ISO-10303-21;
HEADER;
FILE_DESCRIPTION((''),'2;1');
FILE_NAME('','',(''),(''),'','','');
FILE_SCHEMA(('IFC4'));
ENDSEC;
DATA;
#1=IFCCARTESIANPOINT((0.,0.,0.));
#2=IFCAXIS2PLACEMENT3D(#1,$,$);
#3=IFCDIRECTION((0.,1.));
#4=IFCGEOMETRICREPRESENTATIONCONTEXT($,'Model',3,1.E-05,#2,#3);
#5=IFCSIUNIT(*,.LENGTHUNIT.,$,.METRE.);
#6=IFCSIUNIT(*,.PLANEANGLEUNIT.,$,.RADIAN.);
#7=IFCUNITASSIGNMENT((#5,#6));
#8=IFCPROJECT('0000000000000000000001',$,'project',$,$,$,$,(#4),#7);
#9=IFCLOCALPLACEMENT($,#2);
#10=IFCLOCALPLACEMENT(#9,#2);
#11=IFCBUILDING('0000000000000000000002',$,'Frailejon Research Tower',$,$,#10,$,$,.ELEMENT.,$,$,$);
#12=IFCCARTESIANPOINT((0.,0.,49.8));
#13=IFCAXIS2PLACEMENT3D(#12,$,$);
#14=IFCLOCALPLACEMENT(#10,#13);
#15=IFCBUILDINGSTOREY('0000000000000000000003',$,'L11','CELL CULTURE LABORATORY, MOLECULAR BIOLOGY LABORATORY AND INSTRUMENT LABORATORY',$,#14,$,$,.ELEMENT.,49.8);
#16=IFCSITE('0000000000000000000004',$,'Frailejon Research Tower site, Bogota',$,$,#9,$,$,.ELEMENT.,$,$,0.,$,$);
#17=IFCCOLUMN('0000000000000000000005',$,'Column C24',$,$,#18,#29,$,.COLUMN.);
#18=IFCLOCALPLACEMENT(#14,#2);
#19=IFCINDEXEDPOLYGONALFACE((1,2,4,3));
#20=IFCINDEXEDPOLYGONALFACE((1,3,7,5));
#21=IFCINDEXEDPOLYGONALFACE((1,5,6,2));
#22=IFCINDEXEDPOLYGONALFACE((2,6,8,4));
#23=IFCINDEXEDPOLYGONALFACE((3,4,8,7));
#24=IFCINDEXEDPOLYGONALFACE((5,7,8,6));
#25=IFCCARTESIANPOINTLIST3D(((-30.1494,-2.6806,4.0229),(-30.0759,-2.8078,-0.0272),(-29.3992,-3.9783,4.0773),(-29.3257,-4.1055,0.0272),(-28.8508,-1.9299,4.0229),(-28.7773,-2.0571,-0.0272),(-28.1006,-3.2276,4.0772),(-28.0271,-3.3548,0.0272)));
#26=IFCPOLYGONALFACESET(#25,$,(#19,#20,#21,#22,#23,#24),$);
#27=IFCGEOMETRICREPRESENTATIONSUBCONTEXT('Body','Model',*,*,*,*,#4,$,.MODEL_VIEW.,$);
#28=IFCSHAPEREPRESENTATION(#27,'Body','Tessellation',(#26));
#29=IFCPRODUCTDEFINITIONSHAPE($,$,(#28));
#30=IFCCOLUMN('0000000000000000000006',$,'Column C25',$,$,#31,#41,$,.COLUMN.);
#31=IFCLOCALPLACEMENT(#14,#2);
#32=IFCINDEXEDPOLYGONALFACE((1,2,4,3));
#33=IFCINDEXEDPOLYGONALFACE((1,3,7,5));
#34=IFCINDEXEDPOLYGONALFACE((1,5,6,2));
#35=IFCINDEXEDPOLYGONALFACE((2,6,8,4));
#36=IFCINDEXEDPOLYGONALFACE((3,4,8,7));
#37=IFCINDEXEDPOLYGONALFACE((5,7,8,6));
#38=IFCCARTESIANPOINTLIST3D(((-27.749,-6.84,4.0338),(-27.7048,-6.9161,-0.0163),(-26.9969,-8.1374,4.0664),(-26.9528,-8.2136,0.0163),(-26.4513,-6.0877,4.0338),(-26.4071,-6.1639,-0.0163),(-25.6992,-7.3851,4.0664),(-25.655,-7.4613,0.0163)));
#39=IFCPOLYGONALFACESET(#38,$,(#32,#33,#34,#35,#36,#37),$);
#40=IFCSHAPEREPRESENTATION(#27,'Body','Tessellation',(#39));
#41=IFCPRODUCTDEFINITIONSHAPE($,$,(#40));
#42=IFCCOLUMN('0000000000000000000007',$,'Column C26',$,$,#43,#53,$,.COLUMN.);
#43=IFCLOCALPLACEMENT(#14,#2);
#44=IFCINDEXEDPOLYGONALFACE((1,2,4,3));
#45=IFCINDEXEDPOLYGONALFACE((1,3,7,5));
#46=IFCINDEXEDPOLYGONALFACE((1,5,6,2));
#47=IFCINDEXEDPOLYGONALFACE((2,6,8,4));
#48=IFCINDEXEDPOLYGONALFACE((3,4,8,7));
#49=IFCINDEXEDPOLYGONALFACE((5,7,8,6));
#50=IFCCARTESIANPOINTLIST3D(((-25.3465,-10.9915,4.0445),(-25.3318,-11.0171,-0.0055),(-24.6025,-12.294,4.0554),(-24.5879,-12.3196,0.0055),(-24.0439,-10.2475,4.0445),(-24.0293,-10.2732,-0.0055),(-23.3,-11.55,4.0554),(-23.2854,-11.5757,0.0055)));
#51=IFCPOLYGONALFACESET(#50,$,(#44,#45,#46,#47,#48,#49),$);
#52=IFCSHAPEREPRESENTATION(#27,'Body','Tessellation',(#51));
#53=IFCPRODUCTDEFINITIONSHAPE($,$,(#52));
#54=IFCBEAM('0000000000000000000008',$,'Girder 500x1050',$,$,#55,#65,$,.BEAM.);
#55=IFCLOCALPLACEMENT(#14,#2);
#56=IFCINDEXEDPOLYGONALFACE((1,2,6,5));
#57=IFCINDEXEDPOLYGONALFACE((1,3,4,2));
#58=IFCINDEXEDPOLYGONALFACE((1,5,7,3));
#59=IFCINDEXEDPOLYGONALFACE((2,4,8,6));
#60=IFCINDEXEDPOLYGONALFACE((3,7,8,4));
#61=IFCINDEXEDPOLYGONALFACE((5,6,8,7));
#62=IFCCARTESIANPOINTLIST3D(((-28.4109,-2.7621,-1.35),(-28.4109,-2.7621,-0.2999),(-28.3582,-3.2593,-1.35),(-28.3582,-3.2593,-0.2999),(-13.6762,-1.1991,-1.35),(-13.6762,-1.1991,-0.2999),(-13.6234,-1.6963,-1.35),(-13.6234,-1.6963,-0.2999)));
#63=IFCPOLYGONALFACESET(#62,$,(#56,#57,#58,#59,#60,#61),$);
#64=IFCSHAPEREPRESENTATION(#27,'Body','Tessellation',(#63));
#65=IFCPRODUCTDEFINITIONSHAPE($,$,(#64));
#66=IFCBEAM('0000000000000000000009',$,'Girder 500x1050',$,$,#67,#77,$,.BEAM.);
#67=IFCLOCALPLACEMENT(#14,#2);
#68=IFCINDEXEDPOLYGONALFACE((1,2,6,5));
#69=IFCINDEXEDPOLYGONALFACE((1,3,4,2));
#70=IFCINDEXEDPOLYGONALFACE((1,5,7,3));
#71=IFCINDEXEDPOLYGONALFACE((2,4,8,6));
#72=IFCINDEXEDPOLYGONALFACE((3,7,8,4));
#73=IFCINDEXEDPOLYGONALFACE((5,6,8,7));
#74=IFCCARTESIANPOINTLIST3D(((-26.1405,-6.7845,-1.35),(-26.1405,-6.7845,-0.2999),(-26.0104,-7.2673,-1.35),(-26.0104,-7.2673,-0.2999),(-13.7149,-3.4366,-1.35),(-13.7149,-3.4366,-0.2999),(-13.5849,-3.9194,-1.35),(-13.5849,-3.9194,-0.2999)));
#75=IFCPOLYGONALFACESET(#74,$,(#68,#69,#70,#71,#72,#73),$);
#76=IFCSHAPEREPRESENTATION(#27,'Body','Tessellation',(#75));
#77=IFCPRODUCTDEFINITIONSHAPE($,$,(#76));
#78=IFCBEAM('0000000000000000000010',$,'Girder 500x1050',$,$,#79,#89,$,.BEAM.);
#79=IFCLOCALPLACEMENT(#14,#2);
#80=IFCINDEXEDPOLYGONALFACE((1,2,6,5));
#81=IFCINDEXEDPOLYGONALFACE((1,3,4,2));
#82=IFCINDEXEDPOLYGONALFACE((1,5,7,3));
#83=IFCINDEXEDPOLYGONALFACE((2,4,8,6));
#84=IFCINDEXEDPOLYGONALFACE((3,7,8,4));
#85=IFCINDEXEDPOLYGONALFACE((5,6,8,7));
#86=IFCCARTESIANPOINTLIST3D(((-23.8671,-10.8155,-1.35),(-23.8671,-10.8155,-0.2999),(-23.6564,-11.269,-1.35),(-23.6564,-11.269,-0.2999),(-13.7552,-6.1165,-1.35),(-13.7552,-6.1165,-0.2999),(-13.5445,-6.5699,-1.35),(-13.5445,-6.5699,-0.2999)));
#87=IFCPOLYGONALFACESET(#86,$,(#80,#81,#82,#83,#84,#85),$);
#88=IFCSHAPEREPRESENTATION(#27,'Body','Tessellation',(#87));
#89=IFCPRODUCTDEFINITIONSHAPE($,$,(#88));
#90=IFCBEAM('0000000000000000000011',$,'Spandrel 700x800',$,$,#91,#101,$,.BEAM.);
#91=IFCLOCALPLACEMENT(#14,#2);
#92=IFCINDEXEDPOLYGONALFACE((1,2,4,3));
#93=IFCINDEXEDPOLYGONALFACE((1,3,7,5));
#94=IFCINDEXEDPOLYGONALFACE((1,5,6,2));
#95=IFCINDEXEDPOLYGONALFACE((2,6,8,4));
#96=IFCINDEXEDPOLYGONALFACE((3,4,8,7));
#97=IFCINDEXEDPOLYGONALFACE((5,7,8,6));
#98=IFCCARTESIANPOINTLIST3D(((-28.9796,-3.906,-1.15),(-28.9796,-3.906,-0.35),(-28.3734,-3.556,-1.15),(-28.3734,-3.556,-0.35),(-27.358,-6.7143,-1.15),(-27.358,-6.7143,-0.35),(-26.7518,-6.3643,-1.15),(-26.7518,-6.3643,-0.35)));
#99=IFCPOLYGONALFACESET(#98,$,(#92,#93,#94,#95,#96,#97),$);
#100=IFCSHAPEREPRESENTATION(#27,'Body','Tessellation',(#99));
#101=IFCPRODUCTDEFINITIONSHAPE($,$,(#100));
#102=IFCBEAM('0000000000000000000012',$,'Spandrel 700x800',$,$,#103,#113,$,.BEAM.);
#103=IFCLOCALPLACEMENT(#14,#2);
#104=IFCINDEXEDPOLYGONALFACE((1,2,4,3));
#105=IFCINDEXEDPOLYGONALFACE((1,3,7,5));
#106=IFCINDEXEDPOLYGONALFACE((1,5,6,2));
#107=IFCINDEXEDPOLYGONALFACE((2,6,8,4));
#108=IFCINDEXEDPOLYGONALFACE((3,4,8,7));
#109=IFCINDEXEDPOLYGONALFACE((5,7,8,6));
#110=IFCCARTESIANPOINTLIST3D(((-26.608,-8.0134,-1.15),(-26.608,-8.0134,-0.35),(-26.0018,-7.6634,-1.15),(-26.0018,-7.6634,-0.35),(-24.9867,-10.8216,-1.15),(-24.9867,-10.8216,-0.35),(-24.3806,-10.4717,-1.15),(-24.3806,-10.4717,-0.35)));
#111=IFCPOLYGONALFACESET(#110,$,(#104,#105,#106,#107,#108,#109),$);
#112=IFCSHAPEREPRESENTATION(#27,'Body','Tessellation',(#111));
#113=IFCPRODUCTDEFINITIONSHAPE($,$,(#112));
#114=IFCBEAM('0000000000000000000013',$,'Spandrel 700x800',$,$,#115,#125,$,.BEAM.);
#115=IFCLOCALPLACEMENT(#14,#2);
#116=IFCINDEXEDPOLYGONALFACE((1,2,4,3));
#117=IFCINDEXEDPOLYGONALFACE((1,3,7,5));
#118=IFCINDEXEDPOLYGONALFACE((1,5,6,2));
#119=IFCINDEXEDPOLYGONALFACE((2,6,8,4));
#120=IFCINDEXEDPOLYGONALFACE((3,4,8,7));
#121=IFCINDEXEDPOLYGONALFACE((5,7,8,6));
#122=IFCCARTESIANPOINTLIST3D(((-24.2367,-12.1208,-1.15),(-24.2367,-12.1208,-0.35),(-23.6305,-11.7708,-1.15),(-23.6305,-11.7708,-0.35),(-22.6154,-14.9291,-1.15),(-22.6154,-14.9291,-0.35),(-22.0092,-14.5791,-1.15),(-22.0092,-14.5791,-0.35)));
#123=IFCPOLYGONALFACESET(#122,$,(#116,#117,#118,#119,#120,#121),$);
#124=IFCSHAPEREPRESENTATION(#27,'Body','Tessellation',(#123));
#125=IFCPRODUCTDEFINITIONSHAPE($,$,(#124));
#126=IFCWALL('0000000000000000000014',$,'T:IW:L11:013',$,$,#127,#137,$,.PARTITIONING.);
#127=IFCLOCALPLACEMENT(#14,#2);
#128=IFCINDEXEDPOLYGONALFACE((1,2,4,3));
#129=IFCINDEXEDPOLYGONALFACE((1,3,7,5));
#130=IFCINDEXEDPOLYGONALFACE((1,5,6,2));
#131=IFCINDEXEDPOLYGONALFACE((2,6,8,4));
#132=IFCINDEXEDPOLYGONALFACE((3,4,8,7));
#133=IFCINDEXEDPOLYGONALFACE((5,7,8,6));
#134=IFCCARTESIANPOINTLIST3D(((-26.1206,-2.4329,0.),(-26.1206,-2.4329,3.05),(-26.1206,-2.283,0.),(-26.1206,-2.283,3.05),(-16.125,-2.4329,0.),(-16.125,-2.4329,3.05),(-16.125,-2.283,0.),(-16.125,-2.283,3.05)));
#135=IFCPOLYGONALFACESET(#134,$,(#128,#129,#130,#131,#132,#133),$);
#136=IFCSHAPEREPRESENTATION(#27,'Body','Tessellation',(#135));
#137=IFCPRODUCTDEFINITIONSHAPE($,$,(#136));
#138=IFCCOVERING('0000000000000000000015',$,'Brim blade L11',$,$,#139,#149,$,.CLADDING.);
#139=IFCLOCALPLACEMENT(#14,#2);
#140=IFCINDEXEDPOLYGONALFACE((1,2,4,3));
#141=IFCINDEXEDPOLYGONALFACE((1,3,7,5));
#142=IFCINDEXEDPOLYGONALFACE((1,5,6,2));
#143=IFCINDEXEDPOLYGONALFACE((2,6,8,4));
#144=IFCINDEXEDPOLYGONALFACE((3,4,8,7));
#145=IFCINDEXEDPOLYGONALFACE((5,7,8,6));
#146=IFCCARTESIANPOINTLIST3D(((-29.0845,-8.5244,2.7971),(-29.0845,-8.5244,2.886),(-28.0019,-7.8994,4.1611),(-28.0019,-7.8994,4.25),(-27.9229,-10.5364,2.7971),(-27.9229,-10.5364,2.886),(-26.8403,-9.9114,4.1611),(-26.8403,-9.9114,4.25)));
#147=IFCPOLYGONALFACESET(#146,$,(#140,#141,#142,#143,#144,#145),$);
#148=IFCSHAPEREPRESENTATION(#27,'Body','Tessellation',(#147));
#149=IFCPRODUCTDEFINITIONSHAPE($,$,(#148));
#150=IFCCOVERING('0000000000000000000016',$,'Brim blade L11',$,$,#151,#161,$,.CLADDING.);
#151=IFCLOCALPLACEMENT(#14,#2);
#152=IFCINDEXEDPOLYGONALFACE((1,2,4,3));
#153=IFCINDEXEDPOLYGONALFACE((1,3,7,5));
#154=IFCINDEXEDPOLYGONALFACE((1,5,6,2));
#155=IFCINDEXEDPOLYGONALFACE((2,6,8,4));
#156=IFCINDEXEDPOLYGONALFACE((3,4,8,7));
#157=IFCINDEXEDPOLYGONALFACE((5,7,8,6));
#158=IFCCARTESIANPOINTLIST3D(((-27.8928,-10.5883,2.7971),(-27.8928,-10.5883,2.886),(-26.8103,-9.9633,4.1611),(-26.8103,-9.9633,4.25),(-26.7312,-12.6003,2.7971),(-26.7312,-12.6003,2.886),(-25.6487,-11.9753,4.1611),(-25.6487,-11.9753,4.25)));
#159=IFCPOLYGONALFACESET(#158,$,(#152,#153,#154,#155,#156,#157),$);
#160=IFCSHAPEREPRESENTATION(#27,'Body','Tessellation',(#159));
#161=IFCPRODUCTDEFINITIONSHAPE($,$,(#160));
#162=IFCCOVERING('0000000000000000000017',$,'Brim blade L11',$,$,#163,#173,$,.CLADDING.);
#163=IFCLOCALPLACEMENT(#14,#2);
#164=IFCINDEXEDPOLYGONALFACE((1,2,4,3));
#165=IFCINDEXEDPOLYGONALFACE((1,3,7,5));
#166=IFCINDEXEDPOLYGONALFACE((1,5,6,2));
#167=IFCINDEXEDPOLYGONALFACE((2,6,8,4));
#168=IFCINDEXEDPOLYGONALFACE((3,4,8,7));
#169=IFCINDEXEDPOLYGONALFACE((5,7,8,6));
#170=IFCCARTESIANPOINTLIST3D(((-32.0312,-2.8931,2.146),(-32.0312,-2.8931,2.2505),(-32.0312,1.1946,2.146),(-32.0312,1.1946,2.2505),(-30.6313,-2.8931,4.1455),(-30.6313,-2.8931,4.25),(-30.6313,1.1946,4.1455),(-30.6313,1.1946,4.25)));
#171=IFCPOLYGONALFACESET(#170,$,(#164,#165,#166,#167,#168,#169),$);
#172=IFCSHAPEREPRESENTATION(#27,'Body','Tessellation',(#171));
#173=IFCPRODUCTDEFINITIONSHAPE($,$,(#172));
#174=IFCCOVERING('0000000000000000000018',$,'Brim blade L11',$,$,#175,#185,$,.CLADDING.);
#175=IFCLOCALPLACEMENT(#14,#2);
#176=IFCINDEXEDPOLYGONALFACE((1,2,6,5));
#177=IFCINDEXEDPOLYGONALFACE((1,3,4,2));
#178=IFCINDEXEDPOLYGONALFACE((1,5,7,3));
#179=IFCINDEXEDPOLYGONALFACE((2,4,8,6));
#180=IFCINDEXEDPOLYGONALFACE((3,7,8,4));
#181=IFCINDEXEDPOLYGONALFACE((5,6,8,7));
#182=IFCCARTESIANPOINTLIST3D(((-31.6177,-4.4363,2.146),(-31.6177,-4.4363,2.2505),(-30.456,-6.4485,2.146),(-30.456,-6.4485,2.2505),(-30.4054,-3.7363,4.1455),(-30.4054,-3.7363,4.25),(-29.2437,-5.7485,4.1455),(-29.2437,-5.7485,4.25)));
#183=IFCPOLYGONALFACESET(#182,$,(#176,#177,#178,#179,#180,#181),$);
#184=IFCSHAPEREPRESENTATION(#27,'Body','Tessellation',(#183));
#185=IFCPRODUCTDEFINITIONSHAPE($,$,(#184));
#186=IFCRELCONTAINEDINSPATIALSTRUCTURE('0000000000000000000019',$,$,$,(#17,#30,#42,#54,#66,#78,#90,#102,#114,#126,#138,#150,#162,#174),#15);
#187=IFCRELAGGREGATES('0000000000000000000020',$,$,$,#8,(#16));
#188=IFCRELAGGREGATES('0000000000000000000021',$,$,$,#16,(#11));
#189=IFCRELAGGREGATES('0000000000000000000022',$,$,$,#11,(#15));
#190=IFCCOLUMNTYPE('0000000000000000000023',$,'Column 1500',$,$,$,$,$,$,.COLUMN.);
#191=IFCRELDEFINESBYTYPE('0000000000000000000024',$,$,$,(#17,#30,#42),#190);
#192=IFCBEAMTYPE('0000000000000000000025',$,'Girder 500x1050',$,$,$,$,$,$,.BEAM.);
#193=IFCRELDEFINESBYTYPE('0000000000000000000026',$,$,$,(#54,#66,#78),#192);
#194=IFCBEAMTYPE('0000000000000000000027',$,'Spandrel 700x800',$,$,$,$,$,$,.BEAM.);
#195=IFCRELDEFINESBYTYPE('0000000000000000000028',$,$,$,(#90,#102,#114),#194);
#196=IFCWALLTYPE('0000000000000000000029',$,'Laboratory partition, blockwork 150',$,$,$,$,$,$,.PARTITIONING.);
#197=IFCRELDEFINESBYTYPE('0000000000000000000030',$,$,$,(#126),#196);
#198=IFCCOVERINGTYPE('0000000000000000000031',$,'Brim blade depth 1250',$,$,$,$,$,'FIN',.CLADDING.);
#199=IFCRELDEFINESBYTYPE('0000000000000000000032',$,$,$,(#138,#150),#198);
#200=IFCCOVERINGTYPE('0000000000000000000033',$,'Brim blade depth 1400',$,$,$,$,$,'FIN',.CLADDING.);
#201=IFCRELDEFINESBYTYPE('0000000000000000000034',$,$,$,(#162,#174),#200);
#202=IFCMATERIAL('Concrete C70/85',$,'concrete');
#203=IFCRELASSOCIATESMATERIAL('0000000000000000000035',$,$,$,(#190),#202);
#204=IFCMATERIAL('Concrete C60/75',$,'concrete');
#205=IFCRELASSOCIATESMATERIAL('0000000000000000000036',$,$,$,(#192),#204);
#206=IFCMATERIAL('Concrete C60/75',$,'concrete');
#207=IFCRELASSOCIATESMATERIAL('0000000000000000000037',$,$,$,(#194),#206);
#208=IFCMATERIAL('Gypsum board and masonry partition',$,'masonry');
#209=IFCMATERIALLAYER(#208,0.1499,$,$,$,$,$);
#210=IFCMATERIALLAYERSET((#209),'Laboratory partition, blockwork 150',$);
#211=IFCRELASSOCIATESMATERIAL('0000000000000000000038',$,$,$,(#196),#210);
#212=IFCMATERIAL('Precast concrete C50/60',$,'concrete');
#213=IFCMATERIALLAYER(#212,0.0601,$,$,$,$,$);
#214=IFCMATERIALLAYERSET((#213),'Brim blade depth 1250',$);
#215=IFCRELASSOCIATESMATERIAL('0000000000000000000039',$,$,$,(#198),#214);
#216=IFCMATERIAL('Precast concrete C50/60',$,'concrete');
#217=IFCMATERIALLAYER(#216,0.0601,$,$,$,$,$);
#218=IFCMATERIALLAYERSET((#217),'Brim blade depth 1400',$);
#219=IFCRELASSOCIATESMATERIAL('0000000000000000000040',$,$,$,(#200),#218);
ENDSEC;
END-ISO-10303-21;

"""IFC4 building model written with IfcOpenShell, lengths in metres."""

from ifc_helpers import new_model, si_unit, direction, frame, frame_2d, origin, origin_2d, place, context, subcontext, project, spatial, polyline, rectangle, outline, extrude, material, layer, layer_set, material_profile, profile_set, type_object, element, save


model = new_model("IFC4")

# Units and contexts
model_context = context("Model", 3, precision=1e-05, world=origin(), true_north=direction((0.0, 1.0)))
body_context = subcontext(model_context, "Body", "Model", "MODEL_VIEW")
ifc_project = project(units=[si_unit("LENGTHUNIT", "METRE"), si_unit("PLANEANGLEUNIT", "RADIAN")], contexts=[model_context])

# Site, building, storey
site_placement = place(None, origin())
site = spatial("IfcSite", under=ifc_project, at=site_placement, Name="Frailejon Research Tower site, Bogota", CompositionType="ELEMENT", RefElevation=0.0)
building_placement = place(site_placement, origin())
building = spatial("IfcBuilding", under=site, at=building_placement, Name="Frailejon Research Tower", CompositionType="ELEMENT")
storey_placement = place(building_placement, frame((0.0, 0.0, 49.8)))
storey = spatial("IfcBuildingStorey", under=building, at=storey_placement, Name="L11", Description="CELL CULTURE LABORATORY, MOLECULAR BIOLOGY LABORATORY AND INSTRUMENT LABORATORY", CompositionType="ELEMENT", Elevation=49.8)

# Columns
ifc_material_1 = material(Name="Concrete C70/85", Category="concrete")
ifc_material_profile_1 = material_profile(ifc_material_1, rectangle(XDim=1.5, YDim=1.5, at=origin_2d()), Name="Column 1500")
ifc_profile_set_1 = profile_set([ifc_material_profile_1], Name="Concrete C70/85")
column_type = type_object("IfcColumnType", Name="Column 1500", PredefinedType="COLUMN", material=ifc_profile_set_1)
column_1_placement = place(storey_placement, frame((-29.0515, -3.0813, 0.0), z_axis=(-0.018133, 0.031386, 0.999343), x_axis=(0.500145, -0.865183, 0.036247)))
element("IfcColumn", 1, at=column_1_placement, inside=storey, type_object=column_type, Name="Column C24", PredefinedType="COLUMN", context=body_context, shape_type="SweptSolid", body=[
    extrude(rectangle(XDim=1.5, YDim=1.5, at=origin_2d()), origin(), (0.0, 0.0, 1.0), 4.0527),
])
column_2_placement = place(storey_placement, frame((-26.6799, -7.1887, 0.0), z_axis=(-0.010908, 0.018803, 0.999764), x_axis=(0.501388, -0.864949, 0.021738)))
element("IfcColumn", 2, at=column_2_placement, inside=storey, type_object=column_type, Name="Column C25", PredefinedType="COLUMN", context=body_context, shape_type="SweptSolid", body=[
    extrude(rectangle(XDim=1.5, YDim=1.5, at=origin_2d()), origin(), (0.0, 0.0, 1.0), 4.051),
])
column_3_placement = place(storey_placement, frame((-24.3086, -11.2964, 0.0), z_axis=(-0.003617, 0.006329, 0.999973), x_axis=(0.495951, -0.86832, 0.00729)))
element("IfcColumn", 3, at=column_3_placement, inside=storey, type_object=column_type, Name="Column C26", PredefinedType="COLUMN", context=body_context, shape_type="SweptSolid", body=[
    extrude(rectangle(XDim=1.5, YDim=1.5, at=origin_2d()), origin(), (0.0, 0.0, 1.0), 4.05),
])

# Beams
ifc_material_2 = material(Name="Concrete C60/75", Category="concrete")
ifc_material_profile_2 = material_profile(ifc_material_2, rectangle(XDim=0.5, YDim=1.05, at=origin_2d()), Name="Girder 500x1050")
ifc_profile_set_2 = profile_set([ifc_material_profile_2], Name="Concrete C60/75")
beam_type_1 = type_object("IfcBeamType", Name="Girder 500x1050", PredefinedType="BEAM", material=ifc_profile_set_2)
beam_1_placement = place(storey_placement, frame((-28.3845, -3.0107, -0.825), z_axis=(0.994421, 0.105484, 0.0), x_axis=(-0.105484, 0.994421, 0.0)))
element("IfcBeam", 4, at=beam_1_placement, inside=storey, type_object=beam_type_1, Name="Girder 500x1050", PredefinedType="BEAM", context=body_context, shape_type="SweptSolid", body=[
    extrude(rectangle(XDim=0.5, YDim=1.05, at=origin_2d()), origin(), (0.0, 0.0, 1.0), 14.8174),
])
beam_2_placement = place(storey_placement, frame((-26.0754, -7.0259, -0.825), z_axis=(0.965566, 0.260159, 0.0), x_axis=(-0.260159, 0.965566, 0.0)))
element("IfcBeam", 5, at=beam_2_placement, inside=storey, type_object=beam_type_1, Name="Girder 500x1050", PredefinedType="BEAM", context=body_context, shape_type="SweptSolid", body=[
    extrude(rectangle(XDim=0.5, YDim=1.05, at=origin_2d()), origin(), (0.0, 0.0, 1.0), 12.8687),
])
beam_3_placement = place(storey_placement, frame((-23.7617, -11.0422, -0.825), z_axis=(0.906865, 0.421421, 0.0), x_axis=(-0.421421, 0.906865, 0.0)))
element("IfcBeam", 6, at=beam_3_placement, inside=storey, type_object=beam_type_1, Name="Girder 500x1050", PredefinedType="BEAM", context=body_context, shape_type="SweptSolid", body=[
    extrude(rectangle(XDim=0.5, YDim=1.05, at=origin_2d()), origin(), (0.0, 0.0, 1.0), 11.1504),
])
ifc_material_3 = material(Name="Concrete C60/75", Category="concrete")
ifc_material_profile_3 = material_profile(ifc_material_3, rectangle(XDim=0.7, YDim=0.8, at=origin_2d()), Name="Spandrel 700x800")
ifc_profile_set_3 = profile_set([ifc_material_profile_3], Name="Concrete C60/75")
beam_type_2 = type_object("IfcBeamType", Name="Spandrel 700x800", PredefinedType="BEAM", material=ifc_profile_set_3)
beam_4_placement = place(storey_placement, frame((-28.6765, -3.731, -0.75), z_axis=(0.500042, -0.866001, 0.0), x_axis=(0.866001, 0.500042, 0.0)))
element("IfcBeam", 7, at=beam_4_placement, inside=storey, type_object=beam_type_2, Name="Spandrel 700x800", PredefinedType="BEAM", context=body_context, shape_type="SweptSolid", body=[
    extrude(rectangle(XDim=0.7, YDim=0.8, at=origin_2d()), origin(), (0.0, 0.0, 1.0), 3.2429),
])
for number, where, z_axis, x_axis, name in (
    (8, (-26.3049, -7.8384, -0.75), (0.499985, -0.866034, 0.0), (0.866034, 0.499985, 0.0), "Spandrel 700x800"),
    (9, (-23.9336, -11.9458, -0.75), (0.499985, -0.866034, 0.0), (0.866034, 0.499985, 0.0), "Spandrel 700x800"),
):
    element("IfcBeam", number, at=place(storey_placement, frame(where, z_axis=z_axis, x_axis=x_axis)), inside=storey, type_object=beam_type_2, Name=name, PredefinedType="BEAM", context=body_context, shape_type="SweptSolid", body=[
        extrude(rectangle(XDim=0.7, YDim=0.8, at=origin_2d()), origin(), (0.0, 0.0, 1.0), 3.2427),
    ])

# Wall
ifc_material_4 = material(Name="Gypsum board and masonry partition", Category="masonry")
ifc_layer_1 = layer(ifc_material_4, 0.1499)
ifc_layer_set_1 = layer_set([ifc_layer_1], Name="Laboratory partition, blockwork 150")
wall_type_1 = type_object("IfcWallType", Name="Laboratory partition, blockwork 150", PredefinedType="PARTITIONING", material=ifc_layer_set_1)
wall_1_placement = place(storey_placement, frame((-26.1206, -2.3579, 0.0), z_axis=(0.0, 0.0, 1.0), x_axis=(1.0, 0.0, 0.0)))
element("IfcWall", 10, at=wall_1_placement, inside=storey, type_object=wall_type_1, Name="T:IW:L11:013", PredefinedType="PARTITIONING", context=body_context, shape_type="SweptSolid", body=[
    extrude(rectangle(XDim=9.9956, YDim=0.1499, at=frame_2d((4.9978, 0.0))), origin(), (0.0, 0.0, 1.0), 3.05),
])

# Coverings
ifc_material_5 = material(Name="Precast concrete C50/60", Category="concrete")
ifc_layer_2 = layer(ifc_material_5, 0.0601)
ifc_layer_set_2 = layer_set([ifc_layer_2], Name="Brim blade depth 1250")
covering_type_1 = type_object("IfcCoveringType", Name="Brim blade depth 1250", ElementType="FIN", PredefinedType="CLADDING", material=ifc_layer_set_2)
for number, where, z_axis, x_axis, name in (
    (11, (-26.8403, -9.9114, 4.25), (-0.499994, 0.866029, 0.0), (-0.866029, -0.499994, 0.0), "Brim blade L11"),
    (12, (-25.6487, -11.9753, 4.25), (-0.499994, 0.866029, 0.0), (-0.866029, -0.499994, 0.0), "Brim blade L11"),
):
    element("IfcCovering", number, at=place(storey_placement, frame(where, z_axis=z_axis, x_axis=x_axis)), inside=storey, type_object=covering_type_1, Name=name, PredefinedType="CLADDING", context=body_context, shape_type="SweptSolid", body=[
        extrude(outline(polyline([(0.0, -0.0889), (1.25, -1.4529), (1.25, -1.364), (0.0, 0.0), (0.0, -0.0889)])), origin(), (0.0, 0.0, 1.0), 2.3232),
    ])
ifc_material_6 = material(Name="Precast concrete C50/60", Category="concrete")
ifc_layer_3 = layer(ifc_material_6, 0.0601)
ifc_layer_set_3 = layer_set([ifc_layer_3], Name="Brim blade depth 1400")
covering_type_2 = type_object("IfcCoveringType", Name="Brim blade depth 1400", ElementType="FIN", PredefinedType="CLADDING", material=ifc_layer_set_3)
covering_placement = place(storey_placement, frame((-30.6313, -2.8931, 4.25), z_axis=(0.0, 1.0, 0.0), x_axis=(-1.0, 0.0, 0.0)))
element("IfcCovering", 13, at=covering_placement, inside=storey, type_object=covering_type_2, Name="Brim blade L11", PredefinedType="CLADDING", context=body_context, shape_type="SweptSolid", body=[
    extrude(outline(polyline([(0.0, -0.1045), (1.3999, -2.104), (1.3999, -1.9995), (0.0, 0.0), (0.0, -0.1045)])), origin(), (0.0, 0.0, 1.0), 4.0876),
])
for number, where, z_axis, x_axis, name in (
    (14, (-29.2437, -5.7485, 4.25), (-0.500001, 0.866025, 0.0), (-0.866025, -0.500001, 0.0), "Brim blade L11"),
):
    element("IfcCovering", number, at=place(storey_placement, frame(where, z_axis=z_axis, x_axis=x_axis)), inside=storey, type_object=covering_type_2, Name=name, PredefinedType="CLADDING", context=body_context, shape_type="SweptSolid", body=[
        extrude(outline(polyline([(0.0, -0.1045), (1.3999, -2.104), (1.3999, -1.9995), (0.0, 0.0), (0.0, -0.1045)])), origin(), (0.0, 0.0, 1.0), 2.3235),
    ])

save(model, "model.ifc")
